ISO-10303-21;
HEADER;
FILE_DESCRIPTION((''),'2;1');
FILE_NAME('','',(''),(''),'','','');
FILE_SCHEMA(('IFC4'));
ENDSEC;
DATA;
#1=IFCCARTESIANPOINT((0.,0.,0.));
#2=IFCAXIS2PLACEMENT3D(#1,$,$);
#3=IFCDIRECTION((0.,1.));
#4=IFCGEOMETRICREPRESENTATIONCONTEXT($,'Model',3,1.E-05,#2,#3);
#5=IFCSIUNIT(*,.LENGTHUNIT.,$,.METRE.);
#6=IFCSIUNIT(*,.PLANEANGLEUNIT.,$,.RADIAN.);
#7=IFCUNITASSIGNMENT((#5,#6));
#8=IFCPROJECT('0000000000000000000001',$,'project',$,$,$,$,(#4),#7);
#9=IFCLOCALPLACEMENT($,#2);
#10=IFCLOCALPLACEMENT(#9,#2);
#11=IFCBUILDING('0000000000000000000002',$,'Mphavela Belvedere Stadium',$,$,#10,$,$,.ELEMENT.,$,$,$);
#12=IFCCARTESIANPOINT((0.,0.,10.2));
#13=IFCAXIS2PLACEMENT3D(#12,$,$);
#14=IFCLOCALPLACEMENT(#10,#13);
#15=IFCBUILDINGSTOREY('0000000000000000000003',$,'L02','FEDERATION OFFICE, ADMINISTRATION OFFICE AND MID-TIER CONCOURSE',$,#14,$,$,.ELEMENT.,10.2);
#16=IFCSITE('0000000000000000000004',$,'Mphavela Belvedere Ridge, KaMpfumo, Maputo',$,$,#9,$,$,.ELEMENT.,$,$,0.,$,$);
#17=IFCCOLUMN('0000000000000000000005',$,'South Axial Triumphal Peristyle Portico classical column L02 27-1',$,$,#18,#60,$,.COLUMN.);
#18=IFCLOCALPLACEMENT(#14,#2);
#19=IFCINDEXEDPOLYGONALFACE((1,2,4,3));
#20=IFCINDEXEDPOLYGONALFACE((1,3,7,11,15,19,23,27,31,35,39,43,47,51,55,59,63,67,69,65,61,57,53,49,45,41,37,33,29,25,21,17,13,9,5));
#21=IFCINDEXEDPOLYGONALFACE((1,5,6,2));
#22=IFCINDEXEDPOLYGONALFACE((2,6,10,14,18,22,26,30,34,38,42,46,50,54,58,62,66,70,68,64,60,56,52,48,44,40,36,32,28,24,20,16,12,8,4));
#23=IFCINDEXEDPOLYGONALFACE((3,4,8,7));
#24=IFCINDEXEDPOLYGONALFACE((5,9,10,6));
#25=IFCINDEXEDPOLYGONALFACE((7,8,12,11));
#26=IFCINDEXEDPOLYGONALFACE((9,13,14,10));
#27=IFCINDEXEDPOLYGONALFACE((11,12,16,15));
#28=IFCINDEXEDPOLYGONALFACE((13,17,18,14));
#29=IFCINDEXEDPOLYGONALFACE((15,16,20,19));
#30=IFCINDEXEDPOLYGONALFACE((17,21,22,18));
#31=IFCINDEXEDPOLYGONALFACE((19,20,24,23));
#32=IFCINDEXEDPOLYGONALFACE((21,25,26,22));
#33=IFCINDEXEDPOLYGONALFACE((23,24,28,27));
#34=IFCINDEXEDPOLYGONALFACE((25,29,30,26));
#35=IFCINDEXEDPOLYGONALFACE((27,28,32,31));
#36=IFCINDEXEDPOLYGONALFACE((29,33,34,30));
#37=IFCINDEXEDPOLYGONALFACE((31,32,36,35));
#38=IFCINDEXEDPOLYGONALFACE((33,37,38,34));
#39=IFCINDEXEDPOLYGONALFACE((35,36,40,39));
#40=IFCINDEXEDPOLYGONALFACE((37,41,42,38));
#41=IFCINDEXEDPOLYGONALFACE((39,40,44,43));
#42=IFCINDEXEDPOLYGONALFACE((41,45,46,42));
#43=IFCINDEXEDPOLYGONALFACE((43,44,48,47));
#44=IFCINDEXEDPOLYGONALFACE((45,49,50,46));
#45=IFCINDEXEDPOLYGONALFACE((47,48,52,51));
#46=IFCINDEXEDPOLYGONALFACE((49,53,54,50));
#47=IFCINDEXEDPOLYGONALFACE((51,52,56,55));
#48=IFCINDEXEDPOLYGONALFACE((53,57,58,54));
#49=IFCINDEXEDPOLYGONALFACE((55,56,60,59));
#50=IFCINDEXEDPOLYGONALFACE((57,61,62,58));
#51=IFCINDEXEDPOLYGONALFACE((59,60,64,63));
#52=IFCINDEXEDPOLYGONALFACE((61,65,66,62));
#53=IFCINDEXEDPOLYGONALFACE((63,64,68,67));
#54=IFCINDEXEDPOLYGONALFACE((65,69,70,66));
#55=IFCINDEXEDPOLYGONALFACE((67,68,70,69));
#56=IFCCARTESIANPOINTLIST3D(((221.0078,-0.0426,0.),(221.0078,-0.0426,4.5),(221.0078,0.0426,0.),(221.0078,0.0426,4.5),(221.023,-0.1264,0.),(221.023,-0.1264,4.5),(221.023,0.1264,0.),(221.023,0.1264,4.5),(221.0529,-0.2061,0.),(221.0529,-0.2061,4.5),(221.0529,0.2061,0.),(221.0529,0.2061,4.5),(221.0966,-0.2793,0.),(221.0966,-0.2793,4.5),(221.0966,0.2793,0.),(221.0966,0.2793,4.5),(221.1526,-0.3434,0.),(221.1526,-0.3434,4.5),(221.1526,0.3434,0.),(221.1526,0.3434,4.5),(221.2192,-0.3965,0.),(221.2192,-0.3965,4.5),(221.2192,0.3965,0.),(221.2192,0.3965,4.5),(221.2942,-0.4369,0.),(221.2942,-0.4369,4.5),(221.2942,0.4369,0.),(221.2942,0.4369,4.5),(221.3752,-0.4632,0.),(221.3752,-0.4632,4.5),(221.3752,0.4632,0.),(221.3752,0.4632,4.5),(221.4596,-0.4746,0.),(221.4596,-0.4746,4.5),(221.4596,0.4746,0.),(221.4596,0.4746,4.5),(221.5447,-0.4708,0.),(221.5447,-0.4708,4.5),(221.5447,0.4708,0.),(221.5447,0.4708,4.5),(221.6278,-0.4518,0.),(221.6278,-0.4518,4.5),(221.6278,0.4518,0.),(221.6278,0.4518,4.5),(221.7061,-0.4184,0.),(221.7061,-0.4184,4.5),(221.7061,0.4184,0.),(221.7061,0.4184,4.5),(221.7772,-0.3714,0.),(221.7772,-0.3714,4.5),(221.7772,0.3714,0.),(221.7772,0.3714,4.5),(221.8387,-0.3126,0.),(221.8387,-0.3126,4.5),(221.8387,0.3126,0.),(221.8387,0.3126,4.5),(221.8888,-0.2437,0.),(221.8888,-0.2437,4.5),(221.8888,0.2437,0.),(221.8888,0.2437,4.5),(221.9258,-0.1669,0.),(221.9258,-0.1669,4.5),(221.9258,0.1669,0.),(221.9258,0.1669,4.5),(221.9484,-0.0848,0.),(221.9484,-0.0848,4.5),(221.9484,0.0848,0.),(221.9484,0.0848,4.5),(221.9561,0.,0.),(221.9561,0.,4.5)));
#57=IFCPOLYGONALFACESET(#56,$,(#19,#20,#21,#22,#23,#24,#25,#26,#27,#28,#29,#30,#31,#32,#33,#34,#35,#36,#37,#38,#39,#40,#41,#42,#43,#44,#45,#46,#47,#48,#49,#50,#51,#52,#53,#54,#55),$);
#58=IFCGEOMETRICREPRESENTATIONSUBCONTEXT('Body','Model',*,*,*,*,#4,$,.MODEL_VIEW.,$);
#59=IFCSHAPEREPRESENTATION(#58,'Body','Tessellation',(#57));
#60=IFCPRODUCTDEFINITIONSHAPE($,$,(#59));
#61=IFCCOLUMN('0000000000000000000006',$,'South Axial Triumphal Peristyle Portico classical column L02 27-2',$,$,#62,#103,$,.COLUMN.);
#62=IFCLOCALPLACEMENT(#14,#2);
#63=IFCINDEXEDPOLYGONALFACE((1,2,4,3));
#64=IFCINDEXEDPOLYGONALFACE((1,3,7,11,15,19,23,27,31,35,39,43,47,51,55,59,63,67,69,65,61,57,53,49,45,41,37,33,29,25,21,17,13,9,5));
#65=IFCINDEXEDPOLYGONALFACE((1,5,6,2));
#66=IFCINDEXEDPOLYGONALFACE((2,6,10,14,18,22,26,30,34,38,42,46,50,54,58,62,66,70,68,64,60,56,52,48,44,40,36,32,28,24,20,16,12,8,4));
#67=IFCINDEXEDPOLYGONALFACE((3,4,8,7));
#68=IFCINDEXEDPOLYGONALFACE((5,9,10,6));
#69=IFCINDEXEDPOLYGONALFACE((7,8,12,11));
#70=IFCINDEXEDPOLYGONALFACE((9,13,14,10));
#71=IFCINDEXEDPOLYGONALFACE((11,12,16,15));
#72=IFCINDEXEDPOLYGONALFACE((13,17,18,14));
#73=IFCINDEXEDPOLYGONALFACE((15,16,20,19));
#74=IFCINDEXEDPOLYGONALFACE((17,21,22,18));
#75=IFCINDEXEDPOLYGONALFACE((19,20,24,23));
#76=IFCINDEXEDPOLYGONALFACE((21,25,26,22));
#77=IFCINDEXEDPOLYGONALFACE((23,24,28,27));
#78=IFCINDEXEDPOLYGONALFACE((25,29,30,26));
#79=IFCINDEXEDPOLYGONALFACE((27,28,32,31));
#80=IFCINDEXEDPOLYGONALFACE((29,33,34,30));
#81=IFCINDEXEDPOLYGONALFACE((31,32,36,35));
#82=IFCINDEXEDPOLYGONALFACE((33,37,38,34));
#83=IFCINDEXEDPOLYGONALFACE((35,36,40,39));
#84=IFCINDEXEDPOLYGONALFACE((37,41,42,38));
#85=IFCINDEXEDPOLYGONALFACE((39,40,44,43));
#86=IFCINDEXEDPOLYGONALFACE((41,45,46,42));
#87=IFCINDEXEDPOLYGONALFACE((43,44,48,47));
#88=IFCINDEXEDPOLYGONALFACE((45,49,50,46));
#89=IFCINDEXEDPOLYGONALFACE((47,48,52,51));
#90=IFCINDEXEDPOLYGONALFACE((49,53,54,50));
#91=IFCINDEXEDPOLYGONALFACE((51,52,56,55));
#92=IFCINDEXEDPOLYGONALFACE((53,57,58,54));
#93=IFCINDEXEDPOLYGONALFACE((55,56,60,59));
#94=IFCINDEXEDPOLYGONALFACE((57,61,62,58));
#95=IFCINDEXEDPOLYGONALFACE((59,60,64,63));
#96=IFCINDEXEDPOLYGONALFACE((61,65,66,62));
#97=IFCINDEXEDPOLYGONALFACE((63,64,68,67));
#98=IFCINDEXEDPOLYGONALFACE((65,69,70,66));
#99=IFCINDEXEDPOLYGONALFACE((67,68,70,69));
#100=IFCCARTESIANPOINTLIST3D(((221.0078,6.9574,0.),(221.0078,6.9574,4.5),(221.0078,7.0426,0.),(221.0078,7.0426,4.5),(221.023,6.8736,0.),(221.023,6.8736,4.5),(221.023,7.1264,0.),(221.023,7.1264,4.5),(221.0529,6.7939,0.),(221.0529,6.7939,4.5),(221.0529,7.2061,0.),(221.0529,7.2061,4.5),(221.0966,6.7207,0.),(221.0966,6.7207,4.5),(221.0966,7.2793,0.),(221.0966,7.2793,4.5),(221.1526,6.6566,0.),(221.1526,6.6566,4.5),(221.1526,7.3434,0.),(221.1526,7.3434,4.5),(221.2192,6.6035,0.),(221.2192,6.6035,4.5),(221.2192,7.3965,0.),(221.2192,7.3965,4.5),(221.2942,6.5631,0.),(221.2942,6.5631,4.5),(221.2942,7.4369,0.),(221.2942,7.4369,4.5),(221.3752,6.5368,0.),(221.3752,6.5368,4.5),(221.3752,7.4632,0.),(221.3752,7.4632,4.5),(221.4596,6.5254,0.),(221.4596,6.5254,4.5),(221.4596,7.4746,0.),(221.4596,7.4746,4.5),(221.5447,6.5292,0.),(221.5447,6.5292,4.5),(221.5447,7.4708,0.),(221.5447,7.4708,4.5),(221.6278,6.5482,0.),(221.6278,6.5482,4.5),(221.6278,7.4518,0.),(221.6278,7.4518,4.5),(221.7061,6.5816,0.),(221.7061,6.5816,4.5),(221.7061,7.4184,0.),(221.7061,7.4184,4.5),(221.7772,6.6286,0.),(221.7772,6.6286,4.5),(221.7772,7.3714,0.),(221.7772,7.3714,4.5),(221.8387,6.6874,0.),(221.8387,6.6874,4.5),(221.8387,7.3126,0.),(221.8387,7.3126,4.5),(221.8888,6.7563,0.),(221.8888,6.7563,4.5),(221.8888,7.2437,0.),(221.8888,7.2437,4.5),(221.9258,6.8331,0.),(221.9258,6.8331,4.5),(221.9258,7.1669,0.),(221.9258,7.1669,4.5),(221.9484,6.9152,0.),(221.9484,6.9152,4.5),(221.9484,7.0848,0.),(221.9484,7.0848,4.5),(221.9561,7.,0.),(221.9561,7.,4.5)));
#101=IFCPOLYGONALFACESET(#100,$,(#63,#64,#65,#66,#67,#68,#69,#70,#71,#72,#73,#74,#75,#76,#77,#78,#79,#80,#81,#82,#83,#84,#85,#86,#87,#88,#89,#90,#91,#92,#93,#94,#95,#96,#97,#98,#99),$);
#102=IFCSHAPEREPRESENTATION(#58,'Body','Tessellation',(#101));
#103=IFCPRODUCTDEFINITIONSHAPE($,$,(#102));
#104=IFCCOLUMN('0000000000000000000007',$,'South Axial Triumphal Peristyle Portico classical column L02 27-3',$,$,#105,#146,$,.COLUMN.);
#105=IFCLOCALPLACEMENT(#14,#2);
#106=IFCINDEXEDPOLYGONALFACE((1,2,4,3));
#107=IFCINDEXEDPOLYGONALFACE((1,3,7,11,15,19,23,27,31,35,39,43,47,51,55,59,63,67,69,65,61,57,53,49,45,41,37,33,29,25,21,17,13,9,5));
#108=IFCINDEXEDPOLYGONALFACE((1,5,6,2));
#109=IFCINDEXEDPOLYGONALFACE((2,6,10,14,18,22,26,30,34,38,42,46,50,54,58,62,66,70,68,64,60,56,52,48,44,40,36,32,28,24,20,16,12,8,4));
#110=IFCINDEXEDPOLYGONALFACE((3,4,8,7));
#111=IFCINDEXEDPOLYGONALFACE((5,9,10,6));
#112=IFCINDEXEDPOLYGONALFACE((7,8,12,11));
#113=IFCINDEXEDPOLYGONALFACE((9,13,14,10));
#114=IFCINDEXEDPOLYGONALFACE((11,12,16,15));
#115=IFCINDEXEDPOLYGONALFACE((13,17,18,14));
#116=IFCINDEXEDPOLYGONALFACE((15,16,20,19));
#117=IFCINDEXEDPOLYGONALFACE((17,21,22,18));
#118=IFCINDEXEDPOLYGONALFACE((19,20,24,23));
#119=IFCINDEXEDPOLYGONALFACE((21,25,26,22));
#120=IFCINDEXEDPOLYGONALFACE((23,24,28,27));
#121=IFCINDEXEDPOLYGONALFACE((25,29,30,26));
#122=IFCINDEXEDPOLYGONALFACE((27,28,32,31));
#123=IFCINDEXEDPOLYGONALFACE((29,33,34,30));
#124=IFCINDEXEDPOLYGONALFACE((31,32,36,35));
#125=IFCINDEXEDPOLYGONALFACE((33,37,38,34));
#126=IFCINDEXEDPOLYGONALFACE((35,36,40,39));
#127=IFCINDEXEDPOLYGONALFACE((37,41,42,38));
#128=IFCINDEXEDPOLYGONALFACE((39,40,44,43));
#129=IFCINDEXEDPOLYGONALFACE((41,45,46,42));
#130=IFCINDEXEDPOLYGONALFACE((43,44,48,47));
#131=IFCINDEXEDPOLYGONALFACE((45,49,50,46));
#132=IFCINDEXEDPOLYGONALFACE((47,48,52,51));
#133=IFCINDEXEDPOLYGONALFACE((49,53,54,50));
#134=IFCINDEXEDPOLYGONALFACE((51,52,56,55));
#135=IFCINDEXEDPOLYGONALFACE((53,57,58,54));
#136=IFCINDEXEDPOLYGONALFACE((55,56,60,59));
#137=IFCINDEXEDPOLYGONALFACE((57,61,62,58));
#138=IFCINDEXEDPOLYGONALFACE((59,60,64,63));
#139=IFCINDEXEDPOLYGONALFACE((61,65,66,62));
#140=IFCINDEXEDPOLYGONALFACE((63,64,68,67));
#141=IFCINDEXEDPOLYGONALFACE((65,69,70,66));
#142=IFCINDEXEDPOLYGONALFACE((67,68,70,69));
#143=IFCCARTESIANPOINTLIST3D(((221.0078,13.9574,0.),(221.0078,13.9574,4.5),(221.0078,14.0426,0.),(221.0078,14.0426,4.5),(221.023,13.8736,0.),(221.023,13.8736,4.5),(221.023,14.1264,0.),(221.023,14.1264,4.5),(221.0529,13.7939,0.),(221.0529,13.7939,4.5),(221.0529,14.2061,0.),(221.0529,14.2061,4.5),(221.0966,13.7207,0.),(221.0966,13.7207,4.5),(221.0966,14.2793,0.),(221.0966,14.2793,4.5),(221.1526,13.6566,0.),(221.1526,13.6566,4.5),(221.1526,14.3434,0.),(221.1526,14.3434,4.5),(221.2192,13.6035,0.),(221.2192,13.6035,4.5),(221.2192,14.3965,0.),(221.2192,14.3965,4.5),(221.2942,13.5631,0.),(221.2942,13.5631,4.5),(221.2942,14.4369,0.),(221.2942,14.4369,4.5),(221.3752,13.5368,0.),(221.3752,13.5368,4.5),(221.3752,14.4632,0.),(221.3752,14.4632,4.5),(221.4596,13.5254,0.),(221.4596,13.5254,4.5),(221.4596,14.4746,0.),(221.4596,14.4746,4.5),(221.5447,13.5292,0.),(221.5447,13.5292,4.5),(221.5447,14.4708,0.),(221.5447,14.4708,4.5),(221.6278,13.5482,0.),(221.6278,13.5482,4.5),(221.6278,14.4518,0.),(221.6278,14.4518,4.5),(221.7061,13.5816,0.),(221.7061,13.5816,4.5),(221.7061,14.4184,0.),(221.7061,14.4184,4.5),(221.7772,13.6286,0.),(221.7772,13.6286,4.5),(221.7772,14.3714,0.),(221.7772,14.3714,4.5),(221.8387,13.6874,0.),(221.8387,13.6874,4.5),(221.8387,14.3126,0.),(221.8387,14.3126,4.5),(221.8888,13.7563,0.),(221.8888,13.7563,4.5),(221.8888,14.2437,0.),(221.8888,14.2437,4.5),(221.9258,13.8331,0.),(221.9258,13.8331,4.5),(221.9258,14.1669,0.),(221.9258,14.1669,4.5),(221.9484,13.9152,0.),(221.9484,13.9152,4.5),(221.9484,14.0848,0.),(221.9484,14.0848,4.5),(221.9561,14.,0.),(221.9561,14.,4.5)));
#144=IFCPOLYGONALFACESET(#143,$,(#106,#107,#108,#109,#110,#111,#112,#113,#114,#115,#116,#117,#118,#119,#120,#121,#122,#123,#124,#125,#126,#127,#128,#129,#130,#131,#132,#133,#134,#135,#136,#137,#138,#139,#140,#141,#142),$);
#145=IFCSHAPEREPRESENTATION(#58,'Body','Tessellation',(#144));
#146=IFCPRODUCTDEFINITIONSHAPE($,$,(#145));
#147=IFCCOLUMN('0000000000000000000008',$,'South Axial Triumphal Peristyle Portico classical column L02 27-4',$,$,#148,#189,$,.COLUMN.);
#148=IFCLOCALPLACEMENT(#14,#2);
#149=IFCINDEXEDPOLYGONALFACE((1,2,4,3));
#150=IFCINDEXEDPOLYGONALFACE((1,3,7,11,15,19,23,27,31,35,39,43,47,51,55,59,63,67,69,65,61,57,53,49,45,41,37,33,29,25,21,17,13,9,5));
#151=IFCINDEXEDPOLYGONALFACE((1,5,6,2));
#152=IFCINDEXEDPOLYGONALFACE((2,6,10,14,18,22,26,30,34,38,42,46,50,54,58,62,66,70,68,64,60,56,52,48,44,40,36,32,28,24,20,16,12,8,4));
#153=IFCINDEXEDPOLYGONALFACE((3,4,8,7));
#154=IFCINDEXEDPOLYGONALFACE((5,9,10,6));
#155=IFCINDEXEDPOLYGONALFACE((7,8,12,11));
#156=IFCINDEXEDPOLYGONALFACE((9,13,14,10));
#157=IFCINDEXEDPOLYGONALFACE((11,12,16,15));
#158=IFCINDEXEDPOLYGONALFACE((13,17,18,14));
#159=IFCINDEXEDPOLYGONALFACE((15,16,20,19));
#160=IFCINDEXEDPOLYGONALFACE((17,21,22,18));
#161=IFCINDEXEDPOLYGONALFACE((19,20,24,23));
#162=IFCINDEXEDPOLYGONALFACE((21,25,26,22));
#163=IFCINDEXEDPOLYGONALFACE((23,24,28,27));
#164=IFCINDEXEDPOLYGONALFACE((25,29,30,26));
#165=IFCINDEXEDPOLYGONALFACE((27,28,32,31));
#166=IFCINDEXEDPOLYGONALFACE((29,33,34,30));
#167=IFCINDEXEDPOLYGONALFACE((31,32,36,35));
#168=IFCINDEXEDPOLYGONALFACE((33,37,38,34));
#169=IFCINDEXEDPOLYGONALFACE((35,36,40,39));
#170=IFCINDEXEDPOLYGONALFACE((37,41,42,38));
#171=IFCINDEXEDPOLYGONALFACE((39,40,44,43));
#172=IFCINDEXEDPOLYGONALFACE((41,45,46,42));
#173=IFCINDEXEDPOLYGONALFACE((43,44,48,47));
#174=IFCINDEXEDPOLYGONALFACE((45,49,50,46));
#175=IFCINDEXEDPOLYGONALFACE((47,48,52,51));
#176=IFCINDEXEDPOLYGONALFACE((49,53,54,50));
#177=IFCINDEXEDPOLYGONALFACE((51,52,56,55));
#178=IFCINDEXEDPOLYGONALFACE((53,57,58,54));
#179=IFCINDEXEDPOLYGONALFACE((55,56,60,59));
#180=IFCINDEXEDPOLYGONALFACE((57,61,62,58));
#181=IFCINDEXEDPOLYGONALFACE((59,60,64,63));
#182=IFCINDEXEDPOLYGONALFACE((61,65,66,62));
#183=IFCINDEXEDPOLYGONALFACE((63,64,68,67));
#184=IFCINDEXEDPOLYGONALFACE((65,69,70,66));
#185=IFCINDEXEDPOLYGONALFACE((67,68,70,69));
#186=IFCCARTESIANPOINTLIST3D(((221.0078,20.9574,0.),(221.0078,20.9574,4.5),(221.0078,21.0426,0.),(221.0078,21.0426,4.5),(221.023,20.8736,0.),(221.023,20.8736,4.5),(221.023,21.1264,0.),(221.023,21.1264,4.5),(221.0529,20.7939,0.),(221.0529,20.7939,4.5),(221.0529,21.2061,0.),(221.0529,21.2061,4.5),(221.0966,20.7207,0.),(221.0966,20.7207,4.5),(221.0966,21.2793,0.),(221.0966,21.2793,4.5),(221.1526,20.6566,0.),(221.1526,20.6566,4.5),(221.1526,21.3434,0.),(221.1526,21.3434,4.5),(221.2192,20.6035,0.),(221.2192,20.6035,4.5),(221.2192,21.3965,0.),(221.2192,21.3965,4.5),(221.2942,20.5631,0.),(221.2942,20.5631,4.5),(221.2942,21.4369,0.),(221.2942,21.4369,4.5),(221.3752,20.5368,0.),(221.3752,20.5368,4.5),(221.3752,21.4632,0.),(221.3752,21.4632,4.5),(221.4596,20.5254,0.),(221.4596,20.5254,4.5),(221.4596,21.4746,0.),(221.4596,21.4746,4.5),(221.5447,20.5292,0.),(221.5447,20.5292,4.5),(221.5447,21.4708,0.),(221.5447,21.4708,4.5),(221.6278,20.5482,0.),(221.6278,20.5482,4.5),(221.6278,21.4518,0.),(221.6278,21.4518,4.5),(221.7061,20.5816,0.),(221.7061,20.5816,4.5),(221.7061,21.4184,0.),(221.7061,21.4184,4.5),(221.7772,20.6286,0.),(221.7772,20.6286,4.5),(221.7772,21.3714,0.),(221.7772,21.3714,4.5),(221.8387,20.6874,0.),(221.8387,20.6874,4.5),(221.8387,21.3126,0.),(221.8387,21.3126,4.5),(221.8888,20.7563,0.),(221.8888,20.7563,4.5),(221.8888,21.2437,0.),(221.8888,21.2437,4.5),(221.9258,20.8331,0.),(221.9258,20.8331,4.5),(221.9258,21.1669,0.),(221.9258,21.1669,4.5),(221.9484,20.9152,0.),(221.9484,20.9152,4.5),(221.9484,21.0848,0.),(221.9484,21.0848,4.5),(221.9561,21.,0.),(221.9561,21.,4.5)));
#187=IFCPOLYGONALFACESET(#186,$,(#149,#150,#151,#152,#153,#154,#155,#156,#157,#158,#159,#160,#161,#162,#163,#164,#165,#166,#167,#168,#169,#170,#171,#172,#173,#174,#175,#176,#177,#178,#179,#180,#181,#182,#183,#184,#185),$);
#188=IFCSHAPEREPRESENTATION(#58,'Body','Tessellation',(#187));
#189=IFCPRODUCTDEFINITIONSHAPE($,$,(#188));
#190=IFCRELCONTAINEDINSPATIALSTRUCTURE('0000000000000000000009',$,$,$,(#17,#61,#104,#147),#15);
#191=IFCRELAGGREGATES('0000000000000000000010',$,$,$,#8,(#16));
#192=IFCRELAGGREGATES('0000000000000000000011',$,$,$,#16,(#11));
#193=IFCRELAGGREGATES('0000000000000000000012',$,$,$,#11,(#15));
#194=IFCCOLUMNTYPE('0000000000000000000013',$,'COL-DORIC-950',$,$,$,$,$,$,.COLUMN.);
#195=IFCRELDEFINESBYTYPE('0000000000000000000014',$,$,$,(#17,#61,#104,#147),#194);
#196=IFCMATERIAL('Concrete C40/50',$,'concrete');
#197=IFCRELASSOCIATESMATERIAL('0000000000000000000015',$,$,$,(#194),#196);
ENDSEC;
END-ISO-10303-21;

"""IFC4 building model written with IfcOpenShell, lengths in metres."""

from ifc_helpers import new_model, si_unit, direction, frame, origin, origin_2d, place, context, subcontext, project, spatial, circle, extrude, material, material_profile, profile_set, type_object, element, save


model = new_model("IFC4")

# Units and contexts
model_context = context("Model", 3, precision=1e-05, world=origin(), true_north=direction((0.0, 1.0)))
body_context = subcontext(model_context, "Body", "Model", "MODEL_VIEW")
ifc_project = project(units=[si_unit("LENGTHUNIT", "METRE"), si_unit("PLANEANGLEUNIT", "RADIAN")], contexts=[model_context])

# Site, building, storey
site_placement = place(None, origin())
site = spatial("IfcSite", under=ifc_project, at=site_placement, Name="Mphavela Belvedere Ridge, KaMpfumo, Maputo", CompositionType="ELEMENT", RefElevation=0.0)
building_placement = place(site_placement, origin())
building = spatial("IfcBuilding", under=site, at=building_placement, Name="Mphavela Belvedere Stadium", CompositionType="ELEMENT")
storey_placement = place(building_placement, frame((0.0, 0.0, 10.2)))
storey = spatial("IfcBuildingStorey", under=building, at=storey_placement, Name="L02", Description="FEDERATION OFFICE, ADMINISTRATION OFFICE AND MID-TIER CONCOURSE", CompositionType="ELEMENT", Elevation=10.2)

# Columns
ifc_material_1 = material(Name="Concrete C40/50", Category="concrete")
ifc_material_profile_1 = material_profile(ifc_material_1, circle(Radius=0.4751, at=origin_2d()), Name="COL D950")
ifc_profile_set_1 = profile_set([ifc_material_profile_1], Name="Concrete C40/50")
column_type = type_object("IfcColumnType", Name="COL-DORIC-950", PredefinedType="COLUMN", material=ifc_profile_set_1)
for number, where, z_axis, x_axis, name in (
    (1, (221.481, 0.0, 0.0), (0.0, 0.0, 1.0), (1.0, 0.0, 0.0), "South Axial Triumphal Peristyle Portico classical column L02 27-1"),
    (2, (221.481, 7.0, 0.0), (0.0, 0.0, 1.0), (1.0, 0.0, 0.0), "South Axial Triumphal Peristyle Portico classical column L02 27-2"),
    (3, (221.481, 14.0, 0.0), (0.0, 0.0, 1.0), (1.0, 0.0, 0.0), "South Axial Triumphal Peristyle Portico classical column L02 27-3"),
    (4, (221.481, 21.0, 0.0), (0.0, 0.0, 1.0), (1.0, 0.0, 0.0), "South Axial Triumphal Peristyle Portico classical column L02 27-4"),
):
    element("IfcColumn", number, at=place(storey_placement, frame(where, z_axis=z_axis, x_axis=x_axis)), inside=storey, type_object=column_type, Name=name, PredefinedType="COLUMN", context=body_context, shape_type="SweptSolid", body=[
        extrude(circle(Radius=0.4751, at=origin_2d()), origin(), (0.0, 0.0, 1.0), 4.5),
    ])

save(model, "model.ifc")
